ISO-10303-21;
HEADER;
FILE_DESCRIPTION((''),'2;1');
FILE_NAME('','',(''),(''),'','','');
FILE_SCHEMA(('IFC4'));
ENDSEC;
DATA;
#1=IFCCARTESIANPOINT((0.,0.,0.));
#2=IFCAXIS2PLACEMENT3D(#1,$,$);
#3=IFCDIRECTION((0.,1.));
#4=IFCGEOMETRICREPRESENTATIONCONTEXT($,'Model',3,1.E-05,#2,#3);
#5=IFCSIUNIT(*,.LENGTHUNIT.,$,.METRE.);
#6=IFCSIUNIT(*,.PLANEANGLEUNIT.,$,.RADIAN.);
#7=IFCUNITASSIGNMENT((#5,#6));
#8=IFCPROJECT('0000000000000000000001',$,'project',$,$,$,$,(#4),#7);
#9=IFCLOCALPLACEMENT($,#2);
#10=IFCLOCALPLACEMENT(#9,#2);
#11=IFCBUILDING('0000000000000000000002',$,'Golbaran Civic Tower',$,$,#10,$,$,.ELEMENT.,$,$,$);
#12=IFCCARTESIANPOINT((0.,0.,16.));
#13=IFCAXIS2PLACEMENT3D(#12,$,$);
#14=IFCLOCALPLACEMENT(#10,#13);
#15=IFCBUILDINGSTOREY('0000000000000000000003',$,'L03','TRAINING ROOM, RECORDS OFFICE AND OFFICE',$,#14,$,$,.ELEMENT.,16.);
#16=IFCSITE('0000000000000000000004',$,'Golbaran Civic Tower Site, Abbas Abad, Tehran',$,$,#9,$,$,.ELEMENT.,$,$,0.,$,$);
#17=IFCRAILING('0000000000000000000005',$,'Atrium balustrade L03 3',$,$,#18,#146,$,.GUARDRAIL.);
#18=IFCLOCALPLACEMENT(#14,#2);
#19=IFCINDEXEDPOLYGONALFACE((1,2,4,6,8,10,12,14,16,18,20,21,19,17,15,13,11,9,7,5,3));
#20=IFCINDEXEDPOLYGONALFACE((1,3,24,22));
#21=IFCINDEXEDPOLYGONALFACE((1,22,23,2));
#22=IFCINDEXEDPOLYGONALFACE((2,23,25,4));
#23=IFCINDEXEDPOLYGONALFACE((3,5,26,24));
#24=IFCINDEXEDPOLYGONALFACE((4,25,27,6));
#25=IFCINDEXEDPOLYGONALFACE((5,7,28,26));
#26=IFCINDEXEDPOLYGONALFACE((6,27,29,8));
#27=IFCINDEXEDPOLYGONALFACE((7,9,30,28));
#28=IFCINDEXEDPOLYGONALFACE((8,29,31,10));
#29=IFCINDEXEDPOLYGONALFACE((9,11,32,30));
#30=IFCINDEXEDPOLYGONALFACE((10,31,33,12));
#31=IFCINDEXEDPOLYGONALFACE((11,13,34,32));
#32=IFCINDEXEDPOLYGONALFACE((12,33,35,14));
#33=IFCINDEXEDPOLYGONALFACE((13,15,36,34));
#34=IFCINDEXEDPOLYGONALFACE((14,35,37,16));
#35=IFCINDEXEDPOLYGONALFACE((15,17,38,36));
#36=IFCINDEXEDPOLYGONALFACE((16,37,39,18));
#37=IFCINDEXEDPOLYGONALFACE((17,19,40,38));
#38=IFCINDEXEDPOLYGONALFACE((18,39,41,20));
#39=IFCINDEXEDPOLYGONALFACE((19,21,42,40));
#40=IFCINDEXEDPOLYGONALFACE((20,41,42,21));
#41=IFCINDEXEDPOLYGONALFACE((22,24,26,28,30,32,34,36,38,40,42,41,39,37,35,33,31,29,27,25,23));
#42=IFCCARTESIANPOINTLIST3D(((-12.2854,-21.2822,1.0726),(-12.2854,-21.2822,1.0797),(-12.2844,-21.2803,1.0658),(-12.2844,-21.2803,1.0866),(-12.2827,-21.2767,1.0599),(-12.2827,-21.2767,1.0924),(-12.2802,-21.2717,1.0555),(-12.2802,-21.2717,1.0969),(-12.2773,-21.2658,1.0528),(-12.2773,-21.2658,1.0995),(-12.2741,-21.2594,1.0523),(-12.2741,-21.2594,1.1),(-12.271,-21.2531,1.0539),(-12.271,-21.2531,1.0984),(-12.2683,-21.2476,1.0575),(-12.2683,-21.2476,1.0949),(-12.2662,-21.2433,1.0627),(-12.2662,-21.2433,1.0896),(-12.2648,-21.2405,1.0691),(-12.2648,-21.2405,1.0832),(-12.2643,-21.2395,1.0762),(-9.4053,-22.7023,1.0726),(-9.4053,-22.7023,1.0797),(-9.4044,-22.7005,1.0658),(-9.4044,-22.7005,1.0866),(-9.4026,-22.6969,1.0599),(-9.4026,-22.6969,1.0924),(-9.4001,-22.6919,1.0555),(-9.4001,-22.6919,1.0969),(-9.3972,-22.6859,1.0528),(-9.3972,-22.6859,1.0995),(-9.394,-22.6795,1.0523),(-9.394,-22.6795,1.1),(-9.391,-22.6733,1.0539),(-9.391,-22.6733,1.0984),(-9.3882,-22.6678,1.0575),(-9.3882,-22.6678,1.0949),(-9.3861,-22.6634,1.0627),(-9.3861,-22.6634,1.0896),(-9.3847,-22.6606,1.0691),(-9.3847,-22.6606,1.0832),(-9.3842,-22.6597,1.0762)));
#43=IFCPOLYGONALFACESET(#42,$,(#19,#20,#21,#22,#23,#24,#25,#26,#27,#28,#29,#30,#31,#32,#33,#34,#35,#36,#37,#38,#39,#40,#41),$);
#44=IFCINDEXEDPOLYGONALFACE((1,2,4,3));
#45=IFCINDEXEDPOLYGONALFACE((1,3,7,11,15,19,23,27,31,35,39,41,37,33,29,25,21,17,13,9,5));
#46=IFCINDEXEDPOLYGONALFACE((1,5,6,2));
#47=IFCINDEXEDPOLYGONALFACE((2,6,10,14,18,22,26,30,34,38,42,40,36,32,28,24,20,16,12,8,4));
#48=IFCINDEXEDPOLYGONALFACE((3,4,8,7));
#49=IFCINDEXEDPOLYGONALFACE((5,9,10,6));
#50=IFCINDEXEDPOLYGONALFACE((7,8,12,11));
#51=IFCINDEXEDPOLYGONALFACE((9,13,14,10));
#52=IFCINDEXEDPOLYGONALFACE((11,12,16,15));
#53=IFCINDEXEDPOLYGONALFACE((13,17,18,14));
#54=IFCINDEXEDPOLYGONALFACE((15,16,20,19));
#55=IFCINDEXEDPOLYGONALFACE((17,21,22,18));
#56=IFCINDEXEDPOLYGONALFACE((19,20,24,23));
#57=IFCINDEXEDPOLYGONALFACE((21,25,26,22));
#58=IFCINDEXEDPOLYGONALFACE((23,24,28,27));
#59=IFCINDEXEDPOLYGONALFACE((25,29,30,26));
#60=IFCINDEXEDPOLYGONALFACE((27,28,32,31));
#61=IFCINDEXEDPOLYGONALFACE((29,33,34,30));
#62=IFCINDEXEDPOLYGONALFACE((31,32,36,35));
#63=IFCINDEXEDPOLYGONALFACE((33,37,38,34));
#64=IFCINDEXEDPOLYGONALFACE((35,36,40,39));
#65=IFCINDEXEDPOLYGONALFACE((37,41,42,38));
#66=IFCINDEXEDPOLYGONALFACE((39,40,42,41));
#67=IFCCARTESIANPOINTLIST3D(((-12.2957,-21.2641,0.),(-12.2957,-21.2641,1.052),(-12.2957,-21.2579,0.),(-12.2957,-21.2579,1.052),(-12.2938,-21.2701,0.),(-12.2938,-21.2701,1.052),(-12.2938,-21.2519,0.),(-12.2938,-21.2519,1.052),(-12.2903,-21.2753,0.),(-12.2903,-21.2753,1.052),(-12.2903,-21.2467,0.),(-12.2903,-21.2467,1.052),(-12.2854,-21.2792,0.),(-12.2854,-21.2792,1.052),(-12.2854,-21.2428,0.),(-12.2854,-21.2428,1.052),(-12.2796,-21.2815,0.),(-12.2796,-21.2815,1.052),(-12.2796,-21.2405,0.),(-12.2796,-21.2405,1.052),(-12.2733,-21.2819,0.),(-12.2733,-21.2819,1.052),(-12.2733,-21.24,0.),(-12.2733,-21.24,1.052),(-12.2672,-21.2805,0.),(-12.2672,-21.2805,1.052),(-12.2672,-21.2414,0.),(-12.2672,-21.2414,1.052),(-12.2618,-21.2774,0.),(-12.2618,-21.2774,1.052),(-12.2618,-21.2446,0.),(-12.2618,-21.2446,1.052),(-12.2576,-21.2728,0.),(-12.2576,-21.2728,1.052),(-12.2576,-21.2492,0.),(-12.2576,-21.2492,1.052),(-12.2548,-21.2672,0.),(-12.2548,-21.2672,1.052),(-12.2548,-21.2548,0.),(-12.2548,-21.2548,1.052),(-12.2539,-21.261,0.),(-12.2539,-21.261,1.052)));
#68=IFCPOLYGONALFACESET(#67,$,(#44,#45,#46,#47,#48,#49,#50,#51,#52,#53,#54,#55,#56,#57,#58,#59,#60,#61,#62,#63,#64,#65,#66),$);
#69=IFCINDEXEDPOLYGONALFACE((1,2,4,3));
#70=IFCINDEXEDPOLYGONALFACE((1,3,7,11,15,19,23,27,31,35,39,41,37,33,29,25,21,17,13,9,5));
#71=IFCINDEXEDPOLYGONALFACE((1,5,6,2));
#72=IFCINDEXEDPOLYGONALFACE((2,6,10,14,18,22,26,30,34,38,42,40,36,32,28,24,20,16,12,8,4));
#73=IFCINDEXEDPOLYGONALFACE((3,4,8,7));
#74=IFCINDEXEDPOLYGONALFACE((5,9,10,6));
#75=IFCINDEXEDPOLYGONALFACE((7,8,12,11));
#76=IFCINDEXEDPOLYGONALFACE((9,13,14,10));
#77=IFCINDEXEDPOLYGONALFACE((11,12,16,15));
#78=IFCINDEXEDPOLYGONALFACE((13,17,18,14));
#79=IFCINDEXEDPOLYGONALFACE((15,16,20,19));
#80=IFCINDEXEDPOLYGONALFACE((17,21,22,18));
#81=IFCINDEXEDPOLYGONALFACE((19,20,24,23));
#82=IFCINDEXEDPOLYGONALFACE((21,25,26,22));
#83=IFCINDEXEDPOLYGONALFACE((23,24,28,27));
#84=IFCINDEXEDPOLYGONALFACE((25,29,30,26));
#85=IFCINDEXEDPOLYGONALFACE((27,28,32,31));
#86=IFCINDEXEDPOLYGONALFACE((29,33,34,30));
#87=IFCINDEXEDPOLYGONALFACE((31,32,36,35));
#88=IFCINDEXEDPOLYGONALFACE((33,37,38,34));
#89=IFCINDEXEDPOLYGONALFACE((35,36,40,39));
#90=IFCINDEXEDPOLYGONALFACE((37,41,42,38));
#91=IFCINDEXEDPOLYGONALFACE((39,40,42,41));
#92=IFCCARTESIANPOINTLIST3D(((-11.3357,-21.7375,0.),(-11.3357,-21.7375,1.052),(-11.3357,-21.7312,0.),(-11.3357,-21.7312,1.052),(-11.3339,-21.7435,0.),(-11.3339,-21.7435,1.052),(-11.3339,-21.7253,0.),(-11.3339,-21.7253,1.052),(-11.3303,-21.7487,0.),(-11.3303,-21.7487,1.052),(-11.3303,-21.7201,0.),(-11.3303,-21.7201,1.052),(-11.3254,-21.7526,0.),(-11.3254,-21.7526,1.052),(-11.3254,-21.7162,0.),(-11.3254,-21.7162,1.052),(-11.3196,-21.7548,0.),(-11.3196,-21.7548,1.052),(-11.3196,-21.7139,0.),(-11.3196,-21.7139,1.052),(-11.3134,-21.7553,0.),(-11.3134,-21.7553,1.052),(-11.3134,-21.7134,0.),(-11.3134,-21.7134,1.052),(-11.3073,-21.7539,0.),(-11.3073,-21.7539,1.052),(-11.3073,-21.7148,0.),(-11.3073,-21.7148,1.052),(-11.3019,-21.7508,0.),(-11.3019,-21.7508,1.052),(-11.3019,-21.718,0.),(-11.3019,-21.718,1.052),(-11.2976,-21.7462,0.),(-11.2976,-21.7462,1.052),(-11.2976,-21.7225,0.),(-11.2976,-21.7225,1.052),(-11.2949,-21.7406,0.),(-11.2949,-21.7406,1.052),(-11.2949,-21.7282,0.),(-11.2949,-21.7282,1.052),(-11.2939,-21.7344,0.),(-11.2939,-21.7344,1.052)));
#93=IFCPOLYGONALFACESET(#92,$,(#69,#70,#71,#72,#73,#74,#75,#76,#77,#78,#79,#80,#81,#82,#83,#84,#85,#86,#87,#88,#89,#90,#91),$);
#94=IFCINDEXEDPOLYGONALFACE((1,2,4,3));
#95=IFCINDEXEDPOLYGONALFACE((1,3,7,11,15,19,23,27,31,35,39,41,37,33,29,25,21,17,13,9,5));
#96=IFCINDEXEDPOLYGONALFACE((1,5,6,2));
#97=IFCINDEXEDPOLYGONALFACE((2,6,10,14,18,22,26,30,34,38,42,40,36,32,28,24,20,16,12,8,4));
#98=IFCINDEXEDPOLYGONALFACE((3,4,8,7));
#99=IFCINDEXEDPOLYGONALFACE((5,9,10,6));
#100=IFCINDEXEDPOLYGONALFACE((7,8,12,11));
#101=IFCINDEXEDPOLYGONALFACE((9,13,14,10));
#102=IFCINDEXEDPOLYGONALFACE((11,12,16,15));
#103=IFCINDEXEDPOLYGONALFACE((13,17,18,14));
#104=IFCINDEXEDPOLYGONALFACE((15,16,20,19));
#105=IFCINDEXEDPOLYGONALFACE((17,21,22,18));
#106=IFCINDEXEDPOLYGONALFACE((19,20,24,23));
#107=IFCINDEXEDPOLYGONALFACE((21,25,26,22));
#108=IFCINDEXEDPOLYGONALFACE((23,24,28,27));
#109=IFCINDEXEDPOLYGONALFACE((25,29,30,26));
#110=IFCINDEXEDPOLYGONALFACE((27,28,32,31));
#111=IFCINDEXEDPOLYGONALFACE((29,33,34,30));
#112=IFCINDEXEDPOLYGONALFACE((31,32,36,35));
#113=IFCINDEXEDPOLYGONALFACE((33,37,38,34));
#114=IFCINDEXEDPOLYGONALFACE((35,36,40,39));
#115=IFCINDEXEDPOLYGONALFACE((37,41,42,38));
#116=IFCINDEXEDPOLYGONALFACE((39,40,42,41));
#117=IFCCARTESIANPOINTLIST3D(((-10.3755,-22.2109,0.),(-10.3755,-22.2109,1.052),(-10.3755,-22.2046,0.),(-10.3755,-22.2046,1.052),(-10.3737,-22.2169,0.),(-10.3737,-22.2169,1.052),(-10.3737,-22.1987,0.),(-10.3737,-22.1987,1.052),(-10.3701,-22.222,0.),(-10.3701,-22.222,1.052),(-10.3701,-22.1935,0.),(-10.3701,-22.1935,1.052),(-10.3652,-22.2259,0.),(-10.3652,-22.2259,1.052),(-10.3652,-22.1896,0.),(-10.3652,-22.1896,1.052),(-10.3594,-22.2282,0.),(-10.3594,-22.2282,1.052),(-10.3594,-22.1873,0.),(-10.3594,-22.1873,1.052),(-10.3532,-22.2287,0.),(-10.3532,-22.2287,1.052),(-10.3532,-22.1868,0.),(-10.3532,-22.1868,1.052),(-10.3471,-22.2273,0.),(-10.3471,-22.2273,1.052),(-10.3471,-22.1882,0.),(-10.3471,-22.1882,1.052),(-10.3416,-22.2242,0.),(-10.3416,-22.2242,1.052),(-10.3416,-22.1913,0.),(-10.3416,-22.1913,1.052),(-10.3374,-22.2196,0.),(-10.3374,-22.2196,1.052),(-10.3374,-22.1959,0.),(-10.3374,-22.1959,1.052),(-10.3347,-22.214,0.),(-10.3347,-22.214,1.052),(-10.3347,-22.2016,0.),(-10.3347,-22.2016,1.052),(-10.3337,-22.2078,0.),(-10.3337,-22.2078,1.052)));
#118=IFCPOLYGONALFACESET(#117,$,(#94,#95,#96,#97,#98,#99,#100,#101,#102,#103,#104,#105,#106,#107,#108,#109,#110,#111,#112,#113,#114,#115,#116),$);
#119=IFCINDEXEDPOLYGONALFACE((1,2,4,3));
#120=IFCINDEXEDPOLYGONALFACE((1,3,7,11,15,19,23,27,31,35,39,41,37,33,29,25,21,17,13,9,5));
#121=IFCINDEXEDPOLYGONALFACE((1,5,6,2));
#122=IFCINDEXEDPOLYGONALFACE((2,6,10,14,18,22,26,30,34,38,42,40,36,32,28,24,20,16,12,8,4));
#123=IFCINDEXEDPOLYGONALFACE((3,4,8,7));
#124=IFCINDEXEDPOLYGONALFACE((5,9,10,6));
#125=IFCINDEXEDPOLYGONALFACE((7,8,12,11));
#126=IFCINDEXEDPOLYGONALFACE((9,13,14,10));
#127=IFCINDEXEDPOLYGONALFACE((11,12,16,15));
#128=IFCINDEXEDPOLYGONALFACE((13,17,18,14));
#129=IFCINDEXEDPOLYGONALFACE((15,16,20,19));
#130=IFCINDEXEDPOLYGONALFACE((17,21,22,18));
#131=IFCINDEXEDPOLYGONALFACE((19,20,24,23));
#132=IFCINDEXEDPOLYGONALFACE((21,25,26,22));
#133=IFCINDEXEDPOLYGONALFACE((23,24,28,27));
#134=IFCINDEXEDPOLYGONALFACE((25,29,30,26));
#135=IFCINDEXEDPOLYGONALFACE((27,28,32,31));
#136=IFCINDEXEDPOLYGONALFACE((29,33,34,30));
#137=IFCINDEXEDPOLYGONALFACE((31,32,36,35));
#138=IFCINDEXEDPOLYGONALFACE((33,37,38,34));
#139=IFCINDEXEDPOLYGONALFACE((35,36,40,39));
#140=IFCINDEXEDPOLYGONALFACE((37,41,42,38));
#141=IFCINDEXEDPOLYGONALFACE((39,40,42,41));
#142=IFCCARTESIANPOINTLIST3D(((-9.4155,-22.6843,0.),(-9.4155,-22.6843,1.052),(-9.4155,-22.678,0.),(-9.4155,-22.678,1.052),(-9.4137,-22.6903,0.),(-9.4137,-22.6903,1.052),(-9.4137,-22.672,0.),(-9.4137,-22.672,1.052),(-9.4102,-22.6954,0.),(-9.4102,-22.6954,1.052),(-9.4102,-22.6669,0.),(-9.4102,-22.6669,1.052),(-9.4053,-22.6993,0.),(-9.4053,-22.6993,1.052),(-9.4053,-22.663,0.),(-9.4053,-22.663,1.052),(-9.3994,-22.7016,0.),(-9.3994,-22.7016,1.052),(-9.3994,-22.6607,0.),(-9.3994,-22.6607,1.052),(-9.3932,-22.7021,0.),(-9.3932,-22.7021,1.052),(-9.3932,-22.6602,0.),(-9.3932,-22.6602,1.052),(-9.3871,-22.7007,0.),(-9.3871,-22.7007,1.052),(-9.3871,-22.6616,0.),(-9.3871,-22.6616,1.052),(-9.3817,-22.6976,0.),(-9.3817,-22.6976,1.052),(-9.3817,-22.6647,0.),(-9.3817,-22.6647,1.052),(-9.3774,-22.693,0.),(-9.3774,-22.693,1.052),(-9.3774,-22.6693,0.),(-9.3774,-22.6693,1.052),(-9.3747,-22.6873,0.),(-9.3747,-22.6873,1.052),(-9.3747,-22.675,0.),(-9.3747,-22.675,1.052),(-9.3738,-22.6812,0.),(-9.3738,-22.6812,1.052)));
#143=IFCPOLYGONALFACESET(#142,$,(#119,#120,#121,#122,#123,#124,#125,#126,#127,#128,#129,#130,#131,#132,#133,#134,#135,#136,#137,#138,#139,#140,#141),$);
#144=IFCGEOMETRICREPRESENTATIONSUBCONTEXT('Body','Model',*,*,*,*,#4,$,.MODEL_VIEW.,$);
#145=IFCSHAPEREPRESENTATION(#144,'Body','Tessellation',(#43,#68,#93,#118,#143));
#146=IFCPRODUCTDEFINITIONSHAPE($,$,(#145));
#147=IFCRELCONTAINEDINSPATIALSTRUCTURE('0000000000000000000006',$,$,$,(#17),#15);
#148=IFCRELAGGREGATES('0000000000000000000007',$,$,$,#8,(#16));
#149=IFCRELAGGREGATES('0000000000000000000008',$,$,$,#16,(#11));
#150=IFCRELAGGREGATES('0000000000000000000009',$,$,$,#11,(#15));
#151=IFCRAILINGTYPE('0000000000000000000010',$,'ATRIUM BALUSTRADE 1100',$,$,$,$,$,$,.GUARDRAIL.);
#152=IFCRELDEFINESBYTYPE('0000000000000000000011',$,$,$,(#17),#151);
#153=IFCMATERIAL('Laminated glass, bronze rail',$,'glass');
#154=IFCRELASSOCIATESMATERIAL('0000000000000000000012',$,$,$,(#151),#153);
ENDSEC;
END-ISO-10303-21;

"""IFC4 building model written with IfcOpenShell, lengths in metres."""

from ifc_helpers import new_model, si_unit, direction, frame, origin, origin_2d, place, context, subcontext, project, spatial, circle, extrude, material, type_object, element, save


model = new_model("IFC4")

# Units and contexts
model_context = context("Model", 3, precision=1e-05, world=origin(), true_north=direction((0.0, 1.0)))
body_context = subcontext(model_context, "Body", "Model", "MODEL_VIEW")
ifc_project = project(units=[si_unit("LENGTHUNIT", "METRE"), si_unit("PLANEANGLEUNIT", "RADIAN")], contexts=[model_context])

# Site, building, storey
site_placement = place(None, origin())
site = spatial("IfcSite", under=ifc_project, at=site_placement, Name="Golbaran Civic Tower Site, Abbas Abad, Tehran", CompositionType="ELEMENT", RefElevation=0.0)
building_placement = place(site_placement, origin())
building = spatial("IfcBuilding", under=site, at=building_placement, Name="Golbaran Civic Tower", CompositionType="ELEMENT")
storey_placement = place(building_placement, frame((0.0, 0.0, 16.0)))
storey = spatial("IfcBuildingStorey", under=building, at=storey_placement, Name="L03", Description="TRAINING ROOM, RECORDS OFFICE AND OFFICE", CompositionType="ELEMENT", Elevation=16.0)

# Railing
ifc_material_1 = material(Name="Laminated glass, bronze rail", Category="glass")
railing_type_1 = type_object("IfcRailingType", Name="ATRIUM BALUSTRADE 1100", PredefinedType="GUARDRAIL", material=ifc_material_1)
railing_1_placement = place(storey_placement, frame((-12.2749, -21.261, 0.0)))
element("IfcRailing", 1, at=railing_1_placement, inside=storey, type_object=railing_type_1, Name="Atrium balustrade L03 3", PredefinedType="GUARDRAIL", context=body_context, shape_type="SweptSolid", body=[
    extrude(circle(Radius=0.0239, at=origin_2d()), frame((0.0, 0.0, 1.0762), z_axis=(0.896892, -0.44225, 0.0), x_axis=(0.44225, 0.896892, 0.0)), (0.0, 0.0, 1.0), 3.2112),
    extrude(circle(Radius=0.021, at=origin_2d()), origin(), (0.0, 0.0, 1.0), 1.052),
    extrude(circle(Radius=0.021, at=origin_2d()), frame((0.96, -0.4734, 0.0)), (0.0, 0.0, 1.0), 1.052),
    extrude(circle(Radius=0.021, at=origin_2d()), frame((1.9202, -0.9468, 0.0)), (0.0, 0.0, 1.0), 1.052),
    extrude(circle(Radius=0.021, at=origin_2d()), frame((2.8801, -1.4202, 0.0)), (0.0, 0.0, 1.0), 1.052),
])

save(model, "model.ifc")
